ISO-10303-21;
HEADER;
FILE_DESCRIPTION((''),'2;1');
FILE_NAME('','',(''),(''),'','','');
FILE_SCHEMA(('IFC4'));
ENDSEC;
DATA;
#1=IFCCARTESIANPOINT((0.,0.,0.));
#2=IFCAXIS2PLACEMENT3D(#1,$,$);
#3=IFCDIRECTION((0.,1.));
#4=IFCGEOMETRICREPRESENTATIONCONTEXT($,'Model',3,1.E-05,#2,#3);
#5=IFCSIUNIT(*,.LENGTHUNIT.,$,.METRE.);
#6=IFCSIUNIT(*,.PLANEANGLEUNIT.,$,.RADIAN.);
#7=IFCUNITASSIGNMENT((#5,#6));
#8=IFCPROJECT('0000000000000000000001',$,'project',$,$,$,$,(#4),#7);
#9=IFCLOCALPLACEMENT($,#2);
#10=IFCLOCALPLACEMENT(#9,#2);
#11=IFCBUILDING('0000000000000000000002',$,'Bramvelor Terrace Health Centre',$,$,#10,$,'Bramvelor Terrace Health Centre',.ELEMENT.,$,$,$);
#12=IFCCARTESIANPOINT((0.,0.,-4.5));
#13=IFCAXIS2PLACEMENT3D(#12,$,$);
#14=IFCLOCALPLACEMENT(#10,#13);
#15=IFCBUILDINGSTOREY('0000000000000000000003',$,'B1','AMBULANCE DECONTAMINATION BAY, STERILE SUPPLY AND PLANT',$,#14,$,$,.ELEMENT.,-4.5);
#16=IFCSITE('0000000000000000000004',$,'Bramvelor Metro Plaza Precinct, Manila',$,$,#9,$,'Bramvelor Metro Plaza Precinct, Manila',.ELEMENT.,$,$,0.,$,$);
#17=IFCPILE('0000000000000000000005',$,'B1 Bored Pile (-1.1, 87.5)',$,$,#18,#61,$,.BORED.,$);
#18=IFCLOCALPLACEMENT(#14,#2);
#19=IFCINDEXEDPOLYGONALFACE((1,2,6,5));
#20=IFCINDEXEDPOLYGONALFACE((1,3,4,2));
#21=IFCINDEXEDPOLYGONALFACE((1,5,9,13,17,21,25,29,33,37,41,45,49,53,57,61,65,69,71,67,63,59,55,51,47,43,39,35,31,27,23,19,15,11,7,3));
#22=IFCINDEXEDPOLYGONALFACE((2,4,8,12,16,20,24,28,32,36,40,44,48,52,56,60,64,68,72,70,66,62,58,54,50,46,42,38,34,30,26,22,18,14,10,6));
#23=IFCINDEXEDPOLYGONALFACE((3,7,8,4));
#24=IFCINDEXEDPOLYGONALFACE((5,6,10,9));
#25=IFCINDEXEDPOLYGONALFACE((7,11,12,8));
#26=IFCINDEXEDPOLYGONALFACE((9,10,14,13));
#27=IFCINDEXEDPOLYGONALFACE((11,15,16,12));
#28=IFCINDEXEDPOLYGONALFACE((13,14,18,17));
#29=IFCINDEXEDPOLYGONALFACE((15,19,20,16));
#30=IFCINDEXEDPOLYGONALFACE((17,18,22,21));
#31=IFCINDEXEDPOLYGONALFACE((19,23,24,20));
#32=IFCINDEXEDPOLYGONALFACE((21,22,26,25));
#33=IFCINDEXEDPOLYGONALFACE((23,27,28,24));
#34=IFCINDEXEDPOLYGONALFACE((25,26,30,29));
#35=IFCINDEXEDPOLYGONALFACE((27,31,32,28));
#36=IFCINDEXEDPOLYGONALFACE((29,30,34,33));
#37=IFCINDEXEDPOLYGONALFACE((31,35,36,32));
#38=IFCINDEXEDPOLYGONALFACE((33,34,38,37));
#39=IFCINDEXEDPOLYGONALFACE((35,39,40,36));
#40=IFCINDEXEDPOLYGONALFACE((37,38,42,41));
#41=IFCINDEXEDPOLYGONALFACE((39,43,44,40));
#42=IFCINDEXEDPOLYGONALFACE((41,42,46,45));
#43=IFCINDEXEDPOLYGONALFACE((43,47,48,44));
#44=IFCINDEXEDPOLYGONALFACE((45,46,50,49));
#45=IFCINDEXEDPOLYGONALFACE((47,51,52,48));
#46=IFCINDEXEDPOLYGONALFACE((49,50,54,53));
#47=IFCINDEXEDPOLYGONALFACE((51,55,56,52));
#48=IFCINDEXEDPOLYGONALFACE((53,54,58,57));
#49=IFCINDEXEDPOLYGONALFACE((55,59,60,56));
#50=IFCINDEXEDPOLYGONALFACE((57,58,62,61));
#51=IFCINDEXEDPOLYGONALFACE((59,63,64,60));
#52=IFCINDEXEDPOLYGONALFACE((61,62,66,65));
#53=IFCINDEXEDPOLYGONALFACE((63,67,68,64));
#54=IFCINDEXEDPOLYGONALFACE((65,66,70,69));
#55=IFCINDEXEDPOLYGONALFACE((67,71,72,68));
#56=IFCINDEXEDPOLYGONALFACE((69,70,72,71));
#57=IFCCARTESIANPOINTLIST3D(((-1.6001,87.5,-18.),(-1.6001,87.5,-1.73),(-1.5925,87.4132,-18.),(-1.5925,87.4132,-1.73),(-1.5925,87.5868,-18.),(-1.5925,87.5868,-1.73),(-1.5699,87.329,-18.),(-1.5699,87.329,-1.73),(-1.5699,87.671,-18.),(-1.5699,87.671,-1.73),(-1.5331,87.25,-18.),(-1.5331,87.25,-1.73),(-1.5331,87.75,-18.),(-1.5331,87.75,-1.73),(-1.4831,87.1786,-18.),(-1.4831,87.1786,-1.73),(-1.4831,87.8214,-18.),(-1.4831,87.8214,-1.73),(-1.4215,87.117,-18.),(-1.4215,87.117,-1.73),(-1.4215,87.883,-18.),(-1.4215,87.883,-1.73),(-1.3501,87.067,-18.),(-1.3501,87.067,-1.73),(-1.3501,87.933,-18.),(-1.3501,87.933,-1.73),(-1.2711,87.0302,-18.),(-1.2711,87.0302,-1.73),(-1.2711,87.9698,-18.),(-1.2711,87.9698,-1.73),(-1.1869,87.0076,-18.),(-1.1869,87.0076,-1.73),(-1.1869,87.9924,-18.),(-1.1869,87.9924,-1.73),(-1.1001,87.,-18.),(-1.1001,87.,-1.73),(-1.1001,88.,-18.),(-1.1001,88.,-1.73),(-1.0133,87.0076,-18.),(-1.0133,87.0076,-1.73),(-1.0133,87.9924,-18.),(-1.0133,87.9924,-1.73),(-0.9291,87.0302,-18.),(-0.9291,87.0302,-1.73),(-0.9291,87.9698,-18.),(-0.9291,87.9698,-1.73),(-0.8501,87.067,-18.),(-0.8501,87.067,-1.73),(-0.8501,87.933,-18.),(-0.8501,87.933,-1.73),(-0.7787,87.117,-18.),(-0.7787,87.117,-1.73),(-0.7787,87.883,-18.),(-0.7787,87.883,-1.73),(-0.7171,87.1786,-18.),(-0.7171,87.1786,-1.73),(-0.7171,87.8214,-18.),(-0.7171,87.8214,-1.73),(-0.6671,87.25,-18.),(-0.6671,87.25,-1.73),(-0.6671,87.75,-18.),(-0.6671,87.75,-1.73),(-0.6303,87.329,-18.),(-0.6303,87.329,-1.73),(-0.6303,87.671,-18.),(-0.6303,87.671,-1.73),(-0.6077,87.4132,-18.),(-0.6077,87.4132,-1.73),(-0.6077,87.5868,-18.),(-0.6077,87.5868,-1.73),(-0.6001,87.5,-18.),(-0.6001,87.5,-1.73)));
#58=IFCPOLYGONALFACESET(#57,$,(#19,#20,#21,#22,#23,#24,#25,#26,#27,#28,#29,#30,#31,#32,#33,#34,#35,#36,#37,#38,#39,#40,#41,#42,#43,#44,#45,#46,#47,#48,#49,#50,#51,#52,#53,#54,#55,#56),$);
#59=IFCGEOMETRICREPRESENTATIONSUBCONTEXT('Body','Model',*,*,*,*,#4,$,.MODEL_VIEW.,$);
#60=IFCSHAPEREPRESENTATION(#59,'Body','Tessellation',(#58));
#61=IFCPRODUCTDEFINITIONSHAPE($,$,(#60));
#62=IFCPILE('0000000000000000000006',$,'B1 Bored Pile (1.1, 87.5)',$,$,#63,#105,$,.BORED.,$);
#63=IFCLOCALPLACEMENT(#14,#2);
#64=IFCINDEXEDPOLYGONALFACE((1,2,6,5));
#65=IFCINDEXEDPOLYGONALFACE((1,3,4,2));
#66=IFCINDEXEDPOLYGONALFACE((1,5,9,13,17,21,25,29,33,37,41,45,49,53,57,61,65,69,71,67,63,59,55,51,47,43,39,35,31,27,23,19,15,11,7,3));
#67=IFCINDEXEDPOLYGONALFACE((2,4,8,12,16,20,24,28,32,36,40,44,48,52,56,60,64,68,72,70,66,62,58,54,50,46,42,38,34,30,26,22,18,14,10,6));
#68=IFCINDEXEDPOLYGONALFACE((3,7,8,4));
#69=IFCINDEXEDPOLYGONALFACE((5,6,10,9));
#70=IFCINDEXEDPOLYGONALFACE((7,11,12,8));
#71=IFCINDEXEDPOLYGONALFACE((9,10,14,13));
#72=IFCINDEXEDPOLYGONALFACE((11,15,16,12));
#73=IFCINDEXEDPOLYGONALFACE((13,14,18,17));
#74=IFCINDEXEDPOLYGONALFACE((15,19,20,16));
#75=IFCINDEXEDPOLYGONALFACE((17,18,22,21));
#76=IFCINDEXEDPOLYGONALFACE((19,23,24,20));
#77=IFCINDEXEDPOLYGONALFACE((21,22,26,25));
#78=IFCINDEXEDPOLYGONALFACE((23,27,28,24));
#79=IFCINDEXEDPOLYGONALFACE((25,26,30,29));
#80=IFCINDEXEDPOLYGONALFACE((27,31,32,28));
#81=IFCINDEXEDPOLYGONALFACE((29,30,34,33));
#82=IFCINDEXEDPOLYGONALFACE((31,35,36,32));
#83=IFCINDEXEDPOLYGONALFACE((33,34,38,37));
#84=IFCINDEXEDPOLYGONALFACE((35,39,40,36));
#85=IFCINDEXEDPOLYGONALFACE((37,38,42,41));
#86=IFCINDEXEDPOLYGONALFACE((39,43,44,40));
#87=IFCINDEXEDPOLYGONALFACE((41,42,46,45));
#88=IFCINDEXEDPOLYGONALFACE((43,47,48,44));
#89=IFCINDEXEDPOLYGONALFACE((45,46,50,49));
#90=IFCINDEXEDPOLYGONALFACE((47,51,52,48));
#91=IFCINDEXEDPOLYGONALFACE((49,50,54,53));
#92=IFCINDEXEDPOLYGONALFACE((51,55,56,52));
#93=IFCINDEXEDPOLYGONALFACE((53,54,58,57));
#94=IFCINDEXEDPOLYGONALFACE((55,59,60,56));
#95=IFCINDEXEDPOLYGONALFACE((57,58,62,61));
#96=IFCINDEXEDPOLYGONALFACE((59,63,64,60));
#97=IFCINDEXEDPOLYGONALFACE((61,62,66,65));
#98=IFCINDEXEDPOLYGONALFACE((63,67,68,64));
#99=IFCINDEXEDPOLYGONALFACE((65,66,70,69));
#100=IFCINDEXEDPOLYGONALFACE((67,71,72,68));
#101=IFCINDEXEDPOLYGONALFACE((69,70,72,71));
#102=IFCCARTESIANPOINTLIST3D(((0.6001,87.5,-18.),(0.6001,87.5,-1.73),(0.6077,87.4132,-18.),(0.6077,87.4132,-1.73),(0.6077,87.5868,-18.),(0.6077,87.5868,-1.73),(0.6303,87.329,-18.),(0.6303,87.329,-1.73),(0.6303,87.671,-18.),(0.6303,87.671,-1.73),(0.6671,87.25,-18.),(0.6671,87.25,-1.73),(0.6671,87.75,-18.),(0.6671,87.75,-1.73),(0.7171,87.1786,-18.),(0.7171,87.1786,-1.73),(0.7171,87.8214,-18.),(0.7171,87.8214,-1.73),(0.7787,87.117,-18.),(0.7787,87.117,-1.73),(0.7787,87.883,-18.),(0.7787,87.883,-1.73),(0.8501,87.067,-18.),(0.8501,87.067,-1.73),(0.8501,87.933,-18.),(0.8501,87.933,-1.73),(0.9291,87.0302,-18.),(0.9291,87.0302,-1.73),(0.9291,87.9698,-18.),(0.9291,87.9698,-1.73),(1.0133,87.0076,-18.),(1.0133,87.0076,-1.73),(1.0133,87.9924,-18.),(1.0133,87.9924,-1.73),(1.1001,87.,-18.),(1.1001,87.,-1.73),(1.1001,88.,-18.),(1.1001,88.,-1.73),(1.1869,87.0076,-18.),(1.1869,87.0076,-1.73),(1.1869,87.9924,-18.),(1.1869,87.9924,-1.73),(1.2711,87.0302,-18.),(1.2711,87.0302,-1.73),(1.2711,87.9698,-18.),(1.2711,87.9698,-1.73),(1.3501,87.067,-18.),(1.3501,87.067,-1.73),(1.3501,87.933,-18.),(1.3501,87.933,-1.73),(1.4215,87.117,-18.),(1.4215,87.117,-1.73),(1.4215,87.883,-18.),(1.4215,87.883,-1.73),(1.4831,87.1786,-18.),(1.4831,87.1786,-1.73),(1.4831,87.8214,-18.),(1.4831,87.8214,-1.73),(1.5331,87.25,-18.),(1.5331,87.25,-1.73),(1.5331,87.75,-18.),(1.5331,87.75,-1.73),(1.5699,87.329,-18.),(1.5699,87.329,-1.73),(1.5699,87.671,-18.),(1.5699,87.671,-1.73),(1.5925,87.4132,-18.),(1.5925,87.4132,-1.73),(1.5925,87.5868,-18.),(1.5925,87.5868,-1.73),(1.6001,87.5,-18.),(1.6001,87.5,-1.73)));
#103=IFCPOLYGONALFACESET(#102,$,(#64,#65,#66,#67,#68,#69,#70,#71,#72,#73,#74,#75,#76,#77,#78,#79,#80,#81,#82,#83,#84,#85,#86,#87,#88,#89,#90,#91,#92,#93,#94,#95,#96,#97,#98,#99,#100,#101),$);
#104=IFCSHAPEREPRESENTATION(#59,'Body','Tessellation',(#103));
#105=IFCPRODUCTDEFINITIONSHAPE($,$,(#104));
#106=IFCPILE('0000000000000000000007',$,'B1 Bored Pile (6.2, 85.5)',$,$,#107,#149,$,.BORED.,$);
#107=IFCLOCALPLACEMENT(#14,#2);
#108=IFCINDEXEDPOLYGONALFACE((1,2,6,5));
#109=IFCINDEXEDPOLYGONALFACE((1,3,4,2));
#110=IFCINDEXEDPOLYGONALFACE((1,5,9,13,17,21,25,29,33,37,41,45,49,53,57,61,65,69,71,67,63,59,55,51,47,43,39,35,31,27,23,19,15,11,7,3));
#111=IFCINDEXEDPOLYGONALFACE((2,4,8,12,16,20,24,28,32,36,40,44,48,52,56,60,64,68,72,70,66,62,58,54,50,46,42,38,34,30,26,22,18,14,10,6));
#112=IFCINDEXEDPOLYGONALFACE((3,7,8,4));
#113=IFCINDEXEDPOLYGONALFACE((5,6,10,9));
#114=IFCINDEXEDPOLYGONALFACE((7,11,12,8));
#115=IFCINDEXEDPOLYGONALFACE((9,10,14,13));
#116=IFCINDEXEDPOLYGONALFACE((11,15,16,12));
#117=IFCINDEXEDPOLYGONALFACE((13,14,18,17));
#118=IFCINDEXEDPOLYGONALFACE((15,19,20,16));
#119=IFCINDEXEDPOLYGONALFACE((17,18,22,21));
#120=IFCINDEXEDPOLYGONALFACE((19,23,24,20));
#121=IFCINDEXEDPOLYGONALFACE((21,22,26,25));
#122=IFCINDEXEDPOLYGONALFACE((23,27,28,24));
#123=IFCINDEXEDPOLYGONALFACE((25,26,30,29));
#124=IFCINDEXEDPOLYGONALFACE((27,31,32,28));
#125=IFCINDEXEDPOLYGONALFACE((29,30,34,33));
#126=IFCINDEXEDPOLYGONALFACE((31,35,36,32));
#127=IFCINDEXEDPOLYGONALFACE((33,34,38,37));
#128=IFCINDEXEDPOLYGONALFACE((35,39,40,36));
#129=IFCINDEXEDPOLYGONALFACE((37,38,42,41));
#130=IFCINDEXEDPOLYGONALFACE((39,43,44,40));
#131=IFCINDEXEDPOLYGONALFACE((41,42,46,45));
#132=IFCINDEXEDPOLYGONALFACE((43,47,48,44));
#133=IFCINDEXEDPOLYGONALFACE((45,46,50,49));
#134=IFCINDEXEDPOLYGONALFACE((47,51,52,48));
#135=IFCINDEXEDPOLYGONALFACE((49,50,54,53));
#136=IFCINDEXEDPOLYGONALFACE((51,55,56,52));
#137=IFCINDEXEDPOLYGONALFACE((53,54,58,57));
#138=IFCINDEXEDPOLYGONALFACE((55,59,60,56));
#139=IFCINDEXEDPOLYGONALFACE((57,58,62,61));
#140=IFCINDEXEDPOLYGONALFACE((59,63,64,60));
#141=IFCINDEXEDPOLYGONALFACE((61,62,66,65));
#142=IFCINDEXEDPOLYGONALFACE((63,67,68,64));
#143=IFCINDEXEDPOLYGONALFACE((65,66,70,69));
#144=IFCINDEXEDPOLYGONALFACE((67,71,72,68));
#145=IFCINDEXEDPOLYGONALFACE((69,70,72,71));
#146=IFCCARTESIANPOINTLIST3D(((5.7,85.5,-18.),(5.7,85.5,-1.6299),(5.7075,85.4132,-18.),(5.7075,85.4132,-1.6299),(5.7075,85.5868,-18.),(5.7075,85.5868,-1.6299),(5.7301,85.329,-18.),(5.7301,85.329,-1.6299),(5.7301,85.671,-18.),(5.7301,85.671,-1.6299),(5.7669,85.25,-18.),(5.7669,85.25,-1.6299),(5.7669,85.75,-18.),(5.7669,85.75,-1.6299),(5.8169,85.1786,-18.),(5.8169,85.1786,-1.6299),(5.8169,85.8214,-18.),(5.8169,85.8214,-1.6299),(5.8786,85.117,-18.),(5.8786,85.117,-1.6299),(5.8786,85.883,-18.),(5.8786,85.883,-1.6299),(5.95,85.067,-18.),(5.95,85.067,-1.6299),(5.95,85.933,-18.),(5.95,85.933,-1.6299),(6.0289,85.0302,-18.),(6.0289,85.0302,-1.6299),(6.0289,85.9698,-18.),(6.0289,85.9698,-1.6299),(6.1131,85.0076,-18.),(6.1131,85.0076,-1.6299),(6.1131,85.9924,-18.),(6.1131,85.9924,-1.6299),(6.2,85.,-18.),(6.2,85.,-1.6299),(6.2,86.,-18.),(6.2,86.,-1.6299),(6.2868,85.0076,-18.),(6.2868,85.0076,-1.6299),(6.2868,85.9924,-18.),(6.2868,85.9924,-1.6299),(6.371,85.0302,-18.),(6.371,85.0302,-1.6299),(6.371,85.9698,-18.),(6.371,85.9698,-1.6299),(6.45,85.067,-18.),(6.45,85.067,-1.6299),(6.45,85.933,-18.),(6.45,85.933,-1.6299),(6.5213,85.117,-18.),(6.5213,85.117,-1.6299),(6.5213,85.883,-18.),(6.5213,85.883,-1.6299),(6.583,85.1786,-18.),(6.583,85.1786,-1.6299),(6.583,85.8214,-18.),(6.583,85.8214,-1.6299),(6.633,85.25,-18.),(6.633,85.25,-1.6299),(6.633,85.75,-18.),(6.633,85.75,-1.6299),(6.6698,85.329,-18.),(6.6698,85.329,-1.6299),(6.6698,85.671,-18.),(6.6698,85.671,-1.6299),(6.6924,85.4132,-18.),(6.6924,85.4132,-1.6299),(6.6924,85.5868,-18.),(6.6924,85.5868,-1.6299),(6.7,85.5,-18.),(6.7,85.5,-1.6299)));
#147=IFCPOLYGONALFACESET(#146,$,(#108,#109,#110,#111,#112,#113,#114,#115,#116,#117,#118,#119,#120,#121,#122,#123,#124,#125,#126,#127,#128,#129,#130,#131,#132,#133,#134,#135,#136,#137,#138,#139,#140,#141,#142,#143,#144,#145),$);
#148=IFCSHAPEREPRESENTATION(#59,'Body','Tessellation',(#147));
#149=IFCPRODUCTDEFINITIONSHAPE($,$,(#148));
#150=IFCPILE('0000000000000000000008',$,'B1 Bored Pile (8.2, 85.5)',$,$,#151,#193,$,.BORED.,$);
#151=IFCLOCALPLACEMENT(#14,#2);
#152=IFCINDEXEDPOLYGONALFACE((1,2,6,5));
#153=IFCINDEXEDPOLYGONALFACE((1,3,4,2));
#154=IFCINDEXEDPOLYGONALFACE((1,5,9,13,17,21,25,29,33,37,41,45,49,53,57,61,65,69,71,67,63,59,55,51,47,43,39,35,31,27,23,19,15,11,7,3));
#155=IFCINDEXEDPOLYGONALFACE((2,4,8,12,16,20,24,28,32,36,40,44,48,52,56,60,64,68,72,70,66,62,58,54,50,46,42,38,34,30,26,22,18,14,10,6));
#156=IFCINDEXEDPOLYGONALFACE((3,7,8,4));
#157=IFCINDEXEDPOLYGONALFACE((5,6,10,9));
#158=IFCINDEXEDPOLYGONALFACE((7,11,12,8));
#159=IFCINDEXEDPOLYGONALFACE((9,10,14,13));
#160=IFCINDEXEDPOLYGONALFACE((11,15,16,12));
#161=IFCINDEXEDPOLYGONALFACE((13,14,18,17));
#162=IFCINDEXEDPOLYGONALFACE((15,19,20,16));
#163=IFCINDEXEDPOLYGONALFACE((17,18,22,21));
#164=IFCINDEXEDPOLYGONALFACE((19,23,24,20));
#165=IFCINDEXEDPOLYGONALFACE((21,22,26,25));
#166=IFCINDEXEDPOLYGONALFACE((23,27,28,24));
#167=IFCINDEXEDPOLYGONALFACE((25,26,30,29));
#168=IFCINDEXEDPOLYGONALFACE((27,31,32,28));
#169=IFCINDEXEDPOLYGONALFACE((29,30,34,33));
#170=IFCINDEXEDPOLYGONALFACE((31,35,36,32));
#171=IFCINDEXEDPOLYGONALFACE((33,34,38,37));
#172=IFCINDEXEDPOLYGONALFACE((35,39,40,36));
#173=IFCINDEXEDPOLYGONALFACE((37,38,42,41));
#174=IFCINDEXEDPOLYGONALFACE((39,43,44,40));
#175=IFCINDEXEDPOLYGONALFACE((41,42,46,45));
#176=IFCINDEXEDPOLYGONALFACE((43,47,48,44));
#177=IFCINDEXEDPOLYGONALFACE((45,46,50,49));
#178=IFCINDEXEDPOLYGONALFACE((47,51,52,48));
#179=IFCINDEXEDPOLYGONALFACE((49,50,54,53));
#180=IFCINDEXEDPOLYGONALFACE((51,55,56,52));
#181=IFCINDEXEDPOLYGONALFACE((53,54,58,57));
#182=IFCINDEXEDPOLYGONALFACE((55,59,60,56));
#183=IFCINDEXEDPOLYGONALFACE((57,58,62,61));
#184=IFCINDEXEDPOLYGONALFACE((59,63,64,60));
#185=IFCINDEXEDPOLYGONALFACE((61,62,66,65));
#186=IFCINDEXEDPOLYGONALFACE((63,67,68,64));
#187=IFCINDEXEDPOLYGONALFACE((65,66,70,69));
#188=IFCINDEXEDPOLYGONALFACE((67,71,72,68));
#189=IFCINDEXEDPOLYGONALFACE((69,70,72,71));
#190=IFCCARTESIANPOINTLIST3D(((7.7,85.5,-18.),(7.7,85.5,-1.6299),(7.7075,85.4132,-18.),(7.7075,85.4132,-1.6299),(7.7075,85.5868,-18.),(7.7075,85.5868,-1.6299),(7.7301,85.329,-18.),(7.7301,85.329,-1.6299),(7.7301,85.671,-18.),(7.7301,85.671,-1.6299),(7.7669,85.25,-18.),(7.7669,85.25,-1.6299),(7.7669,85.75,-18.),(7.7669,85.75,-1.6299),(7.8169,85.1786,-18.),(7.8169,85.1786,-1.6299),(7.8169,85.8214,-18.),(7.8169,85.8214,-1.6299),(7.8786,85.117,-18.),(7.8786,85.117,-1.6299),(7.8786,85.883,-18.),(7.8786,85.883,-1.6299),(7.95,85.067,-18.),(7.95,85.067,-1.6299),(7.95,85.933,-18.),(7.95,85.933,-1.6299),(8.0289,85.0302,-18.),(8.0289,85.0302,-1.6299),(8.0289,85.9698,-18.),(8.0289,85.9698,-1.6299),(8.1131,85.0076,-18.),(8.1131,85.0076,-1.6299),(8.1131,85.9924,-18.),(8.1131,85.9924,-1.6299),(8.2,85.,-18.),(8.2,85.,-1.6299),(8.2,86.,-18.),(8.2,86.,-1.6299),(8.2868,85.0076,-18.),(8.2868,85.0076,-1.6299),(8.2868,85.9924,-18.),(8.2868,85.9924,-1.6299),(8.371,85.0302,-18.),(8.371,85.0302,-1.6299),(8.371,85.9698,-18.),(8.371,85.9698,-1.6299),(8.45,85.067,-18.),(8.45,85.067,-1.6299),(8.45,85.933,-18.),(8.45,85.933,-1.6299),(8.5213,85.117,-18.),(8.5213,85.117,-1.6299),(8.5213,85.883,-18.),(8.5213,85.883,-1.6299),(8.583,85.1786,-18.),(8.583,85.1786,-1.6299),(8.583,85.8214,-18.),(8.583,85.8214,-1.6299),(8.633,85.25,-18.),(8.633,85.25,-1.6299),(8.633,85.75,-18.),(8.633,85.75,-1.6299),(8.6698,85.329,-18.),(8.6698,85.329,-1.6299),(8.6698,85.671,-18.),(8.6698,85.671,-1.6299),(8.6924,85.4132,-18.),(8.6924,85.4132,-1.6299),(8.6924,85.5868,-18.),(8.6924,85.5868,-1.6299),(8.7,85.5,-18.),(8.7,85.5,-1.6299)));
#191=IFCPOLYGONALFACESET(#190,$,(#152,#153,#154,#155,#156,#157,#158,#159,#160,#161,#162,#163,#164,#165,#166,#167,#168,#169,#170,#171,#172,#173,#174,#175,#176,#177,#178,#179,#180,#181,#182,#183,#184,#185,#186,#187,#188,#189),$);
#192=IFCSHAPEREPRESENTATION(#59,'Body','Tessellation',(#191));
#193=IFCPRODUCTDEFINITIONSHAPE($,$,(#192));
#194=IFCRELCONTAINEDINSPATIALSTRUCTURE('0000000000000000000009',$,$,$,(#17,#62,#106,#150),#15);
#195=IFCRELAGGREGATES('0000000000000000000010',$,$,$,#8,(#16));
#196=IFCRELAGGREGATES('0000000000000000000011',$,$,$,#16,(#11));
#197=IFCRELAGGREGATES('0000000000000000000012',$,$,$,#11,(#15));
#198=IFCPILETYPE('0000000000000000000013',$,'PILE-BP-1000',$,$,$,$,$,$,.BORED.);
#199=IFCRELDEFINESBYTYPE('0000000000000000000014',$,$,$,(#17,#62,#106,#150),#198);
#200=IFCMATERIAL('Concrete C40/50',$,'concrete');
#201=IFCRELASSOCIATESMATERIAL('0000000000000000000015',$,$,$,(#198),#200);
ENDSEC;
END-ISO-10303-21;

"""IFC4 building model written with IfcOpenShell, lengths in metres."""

from ifc_helpers import new_model, si_unit, direction, frame, origin, origin_2d, place, context, subcontext, project, spatial, circle, extrude, material, material_profile, profile_set, type_object, element, save


model = new_model("IFC4")

# Units and contexts
model_context = context("Model", 3, precision=1e-05, world=origin(), true_north=direction((0.0, 1.0)))
body_context = subcontext(model_context, "Body", "Model", "MODEL_VIEW")
ifc_project = project(units=[si_unit("LENGTHUNIT", "METRE"), si_unit("PLANEANGLEUNIT", "RADIAN")], contexts=[model_context])

# Site, building, storey
site_placement = place(None, origin())
site = spatial("IfcSite", under=ifc_project, at=site_placement, Name="Bramvelor Metro Plaza Precinct, Manila", LongName="Bramvelor Metro Plaza Precinct, Manila", CompositionType="ELEMENT", RefElevation=0.0)
building_placement = place(site_placement, origin())
building = spatial("IfcBuilding", under=site, at=building_placement, Name="Bramvelor Terrace Health Centre", LongName="Bramvelor Terrace Health Centre", CompositionType="ELEMENT")
storey_placement = place(building_placement, frame((0.0, 0.0, -4.5)))
storey = spatial("IfcBuildingStorey", under=building, at=storey_placement, Name="B1", Description="AMBULANCE DECONTAMINATION BAY, STERILE SUPPLY AND PLANT", CompositionType="ELEMENT", Elevation=-4.5)

# Piles
ifc_material_1 = material(Name="Concrete C40/50", Category="concrete")
ifc_material_profile_1 = material_profile(ifc_material_1, circle(Radius=0.5, at=origin_2d()), Name="BP D1000")
ifc_profile_set_1 = profile_set([ifc_material_profile_1], Name="Concrete C40/50")
pile_type = type_object("IfcPileType", Name="PILE-BP-1000", PredefinedType="BORED", material=ifc_profile_set_1)
for number, where, z_axis, x_axis, name in (
    (1, (-1.1001, 87.5, -1.73), (0.0, 0.0, -1.0), (1.0, 0.0, 0.0), "B1 Bored Pile (-1.1, 87.5)"),
    (2, (1.1001, 87.5, -1.73), (0.0, 0.0, -1.0), (1.0, 0.0, 0.0), "B1 Bored Pile (1.1, 87.5)"),
):
    element("IfcPile", number, at=place(storey_placement, frame(where, z_axis=z_axis, x_axis=x_axis)), inside=storey, type_object=pile_type, Name=name, PredefinedType="BORED", context=body_context, shape_type="SweptSolid", body=[
        extrude(circle(Radius=0.5, at=origin_2d()), origin(), (0.0, 0.0, 1.0), 16.27),
    ])
for number, where, z_axis, x_axis, name in (
    (3, (6.2, 85.5, -1.6299), (0.0, 0.0, -1.0), (1.0, 0.0, 0.0), "B1 Bored Pile (6.2, 85.5)"),
    (4, (8.2, 85.5, -1.6299), (0.0, 0.0, -1.0), (1.0, 0.0, 0.0), "B1 Bored Pile (8.2, 85.5)"),
):
    element("IfcPile", number, at=place(storey_placement, frame(where, z_axis=z_axis, x_axis=x_axis)), inside=storey, type_object=pile_type, Name=name, PredefinedType="BORED", context=body_context, shape_type="SweptSolid", body=[
        extrude(circle(Radius=0.5, at=origin_2d()), origin(), (0.0, 0.0, 1.0), 16.3701),
    ])

save(model, "model.ifc")
